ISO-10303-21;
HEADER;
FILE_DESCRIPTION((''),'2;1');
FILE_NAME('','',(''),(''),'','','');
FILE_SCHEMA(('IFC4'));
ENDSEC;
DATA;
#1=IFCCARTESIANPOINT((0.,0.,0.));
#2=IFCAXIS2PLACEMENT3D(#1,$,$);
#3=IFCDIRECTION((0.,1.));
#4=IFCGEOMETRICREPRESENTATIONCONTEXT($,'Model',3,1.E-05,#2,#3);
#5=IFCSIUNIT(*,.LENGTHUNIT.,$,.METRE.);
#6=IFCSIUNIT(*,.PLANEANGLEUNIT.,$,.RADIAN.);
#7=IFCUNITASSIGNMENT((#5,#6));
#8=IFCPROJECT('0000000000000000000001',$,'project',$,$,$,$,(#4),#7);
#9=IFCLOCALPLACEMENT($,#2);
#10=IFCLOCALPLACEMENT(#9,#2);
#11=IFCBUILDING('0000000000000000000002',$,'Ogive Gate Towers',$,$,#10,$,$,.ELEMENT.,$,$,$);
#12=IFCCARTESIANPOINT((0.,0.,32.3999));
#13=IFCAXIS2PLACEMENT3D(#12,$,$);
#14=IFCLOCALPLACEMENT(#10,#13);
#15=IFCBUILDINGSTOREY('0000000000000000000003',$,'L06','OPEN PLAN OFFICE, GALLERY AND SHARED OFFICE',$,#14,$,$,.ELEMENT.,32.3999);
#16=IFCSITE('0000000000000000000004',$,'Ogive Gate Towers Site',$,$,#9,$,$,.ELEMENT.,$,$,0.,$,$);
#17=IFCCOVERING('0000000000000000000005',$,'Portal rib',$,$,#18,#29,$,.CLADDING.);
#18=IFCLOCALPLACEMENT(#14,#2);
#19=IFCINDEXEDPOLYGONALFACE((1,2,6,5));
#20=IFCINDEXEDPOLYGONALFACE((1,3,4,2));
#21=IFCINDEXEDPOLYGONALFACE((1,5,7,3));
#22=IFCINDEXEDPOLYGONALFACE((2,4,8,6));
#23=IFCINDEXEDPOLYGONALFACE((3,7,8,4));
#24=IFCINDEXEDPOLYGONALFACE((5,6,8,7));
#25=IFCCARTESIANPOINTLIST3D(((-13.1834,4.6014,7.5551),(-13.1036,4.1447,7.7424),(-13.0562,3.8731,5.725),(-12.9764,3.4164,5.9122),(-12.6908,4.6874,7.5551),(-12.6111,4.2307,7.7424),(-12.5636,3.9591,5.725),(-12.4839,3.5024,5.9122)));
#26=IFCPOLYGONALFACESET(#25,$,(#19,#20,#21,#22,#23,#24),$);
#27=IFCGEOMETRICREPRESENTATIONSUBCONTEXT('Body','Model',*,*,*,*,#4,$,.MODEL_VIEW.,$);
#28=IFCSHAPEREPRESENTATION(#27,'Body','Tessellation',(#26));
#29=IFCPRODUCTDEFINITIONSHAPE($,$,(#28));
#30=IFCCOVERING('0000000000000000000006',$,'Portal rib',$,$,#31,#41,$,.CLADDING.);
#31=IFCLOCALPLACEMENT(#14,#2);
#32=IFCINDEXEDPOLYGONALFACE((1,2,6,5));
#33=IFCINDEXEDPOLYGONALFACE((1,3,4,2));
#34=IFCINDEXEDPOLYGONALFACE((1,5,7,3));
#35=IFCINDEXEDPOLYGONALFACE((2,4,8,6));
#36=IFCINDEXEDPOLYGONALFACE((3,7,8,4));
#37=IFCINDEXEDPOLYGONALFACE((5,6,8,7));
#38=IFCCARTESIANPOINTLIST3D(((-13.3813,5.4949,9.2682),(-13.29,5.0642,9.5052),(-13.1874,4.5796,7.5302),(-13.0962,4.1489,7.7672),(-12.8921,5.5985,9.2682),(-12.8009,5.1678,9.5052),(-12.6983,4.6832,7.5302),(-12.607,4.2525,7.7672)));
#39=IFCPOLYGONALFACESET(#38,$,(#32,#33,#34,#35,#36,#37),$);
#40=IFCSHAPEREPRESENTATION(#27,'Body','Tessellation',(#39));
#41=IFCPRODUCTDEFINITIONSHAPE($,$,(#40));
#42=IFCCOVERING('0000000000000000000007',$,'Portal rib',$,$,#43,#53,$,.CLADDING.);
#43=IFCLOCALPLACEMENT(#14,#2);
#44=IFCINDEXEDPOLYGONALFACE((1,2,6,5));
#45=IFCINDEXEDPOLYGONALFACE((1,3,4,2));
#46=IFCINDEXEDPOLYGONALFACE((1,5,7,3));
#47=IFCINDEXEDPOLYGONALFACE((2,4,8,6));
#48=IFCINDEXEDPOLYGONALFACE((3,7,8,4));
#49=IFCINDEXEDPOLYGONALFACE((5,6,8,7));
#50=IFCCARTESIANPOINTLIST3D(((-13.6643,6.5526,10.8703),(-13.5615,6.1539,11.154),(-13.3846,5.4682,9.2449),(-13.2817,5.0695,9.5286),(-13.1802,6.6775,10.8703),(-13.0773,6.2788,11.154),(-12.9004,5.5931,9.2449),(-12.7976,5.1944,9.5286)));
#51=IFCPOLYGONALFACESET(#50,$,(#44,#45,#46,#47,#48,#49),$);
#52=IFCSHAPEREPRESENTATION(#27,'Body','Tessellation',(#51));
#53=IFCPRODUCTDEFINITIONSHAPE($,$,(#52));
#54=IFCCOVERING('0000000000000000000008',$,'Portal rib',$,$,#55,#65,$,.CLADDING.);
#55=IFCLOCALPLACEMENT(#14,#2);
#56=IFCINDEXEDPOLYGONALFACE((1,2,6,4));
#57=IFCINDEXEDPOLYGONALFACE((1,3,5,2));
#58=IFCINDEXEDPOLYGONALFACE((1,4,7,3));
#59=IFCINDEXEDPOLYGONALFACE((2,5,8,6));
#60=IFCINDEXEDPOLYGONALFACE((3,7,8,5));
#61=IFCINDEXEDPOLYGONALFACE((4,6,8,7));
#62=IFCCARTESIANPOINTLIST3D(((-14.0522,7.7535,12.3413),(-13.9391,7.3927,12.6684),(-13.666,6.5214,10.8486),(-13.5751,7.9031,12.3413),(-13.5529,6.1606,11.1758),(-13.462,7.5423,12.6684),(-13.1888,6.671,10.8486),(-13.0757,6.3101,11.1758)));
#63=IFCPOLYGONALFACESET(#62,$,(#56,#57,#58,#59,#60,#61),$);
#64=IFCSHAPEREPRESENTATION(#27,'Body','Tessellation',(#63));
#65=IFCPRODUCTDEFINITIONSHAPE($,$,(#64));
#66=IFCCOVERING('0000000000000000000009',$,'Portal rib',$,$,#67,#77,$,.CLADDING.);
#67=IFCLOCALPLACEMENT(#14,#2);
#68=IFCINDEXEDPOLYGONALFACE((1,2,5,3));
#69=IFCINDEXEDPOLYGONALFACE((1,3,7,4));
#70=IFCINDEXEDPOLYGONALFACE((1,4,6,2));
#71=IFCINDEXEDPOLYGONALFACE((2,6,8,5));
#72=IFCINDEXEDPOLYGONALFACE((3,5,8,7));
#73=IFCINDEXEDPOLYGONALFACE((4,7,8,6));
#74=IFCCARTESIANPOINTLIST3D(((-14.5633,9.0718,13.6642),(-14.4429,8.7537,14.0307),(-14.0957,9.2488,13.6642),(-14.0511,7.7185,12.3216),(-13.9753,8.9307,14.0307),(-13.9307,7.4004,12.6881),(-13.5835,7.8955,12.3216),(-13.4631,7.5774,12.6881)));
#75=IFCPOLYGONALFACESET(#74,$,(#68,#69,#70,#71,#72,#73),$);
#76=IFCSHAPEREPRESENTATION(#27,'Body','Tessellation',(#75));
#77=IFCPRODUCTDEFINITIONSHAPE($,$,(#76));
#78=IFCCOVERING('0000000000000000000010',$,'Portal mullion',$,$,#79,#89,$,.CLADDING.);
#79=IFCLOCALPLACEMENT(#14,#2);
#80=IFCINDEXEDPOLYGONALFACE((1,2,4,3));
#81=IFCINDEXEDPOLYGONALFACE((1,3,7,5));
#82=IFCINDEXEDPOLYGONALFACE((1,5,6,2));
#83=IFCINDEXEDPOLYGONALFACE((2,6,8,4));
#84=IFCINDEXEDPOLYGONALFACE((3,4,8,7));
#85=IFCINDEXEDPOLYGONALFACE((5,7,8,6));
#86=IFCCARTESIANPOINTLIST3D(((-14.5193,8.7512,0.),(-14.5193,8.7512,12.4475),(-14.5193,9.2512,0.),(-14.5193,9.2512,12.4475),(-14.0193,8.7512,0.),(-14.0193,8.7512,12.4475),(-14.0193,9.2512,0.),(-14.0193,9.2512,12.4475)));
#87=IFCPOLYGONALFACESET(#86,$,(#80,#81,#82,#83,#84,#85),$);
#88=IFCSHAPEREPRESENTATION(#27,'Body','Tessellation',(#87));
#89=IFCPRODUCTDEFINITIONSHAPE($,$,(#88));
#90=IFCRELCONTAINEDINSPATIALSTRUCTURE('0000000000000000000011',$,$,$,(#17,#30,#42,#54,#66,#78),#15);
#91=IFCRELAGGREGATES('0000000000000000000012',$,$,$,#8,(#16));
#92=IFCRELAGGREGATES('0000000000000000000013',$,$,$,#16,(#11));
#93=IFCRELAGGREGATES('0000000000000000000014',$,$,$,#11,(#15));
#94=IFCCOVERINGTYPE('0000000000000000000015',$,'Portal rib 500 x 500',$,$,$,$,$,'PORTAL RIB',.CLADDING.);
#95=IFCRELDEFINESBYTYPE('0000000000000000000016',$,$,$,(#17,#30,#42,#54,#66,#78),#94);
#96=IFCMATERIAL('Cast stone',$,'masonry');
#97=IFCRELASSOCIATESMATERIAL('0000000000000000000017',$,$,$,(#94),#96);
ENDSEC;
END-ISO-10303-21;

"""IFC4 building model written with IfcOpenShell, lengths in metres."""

from ifc_helpers import new_model, si_unit, direction, frame, origin, origin_2d, place, context, subcontext, project, spatial, rectangle, extrude, material, material_profile, profile_set, type_object, element, save


model = new_model("IFC4")

# Units and contexts
model_context = context("Model", 3, precision=1e-05, world=origin(), true_north=direction((0.0, 1.0)))
body_context = subcontext(model_context, "Body", "Model", "MODEL_VIEW")
ifc_project = project(units=[si_unit("LENGTHUNIT", "METRE"), si_unit("PLANEANGLEUNIT", "RADIAN")], contexts=[model_context])

# Site, building, storey
site_placement = place(None, origin())
site = spatial("IfcSite", under=ifc_project, at=site_placement, Name="Ogive Gate Towers Site", CompositionType="ELEMENT", RefElevation=0.0)
building_placement = place(site_placement, origin())
building = spatial("IfcBuilding", under=site, at=building_placement, Name="Ogive Gate Towers", CompositionType="ELEMENT")
storey_placement = place(building_placement, frame((0.0, 0.0, 32.3999)))
storey = spatial("IfcBuildingStorey", under=building, at=storey_placement, Name="L06", Description="OPEN PLAN OFFICE, GALLERY AND SHARED OFFICE", CompositionType="ELEMENT", Elevation=32.3999)

# Coverings
ifc_material_1 = material(Name="Cast stone", Category="masonry")
ifc_material_profile_1 = material_profile(ifc_material_1, rectangle(XDim=0.5, YDim=0.5, at=origin_2d()), Name="500 x 500 cast stone")
ifc_profile_set_1 = profile_set([ifc_material_profile_1], Name="Cast stone")
covering_type = type_object("IfcCoveringType", Name="Portal rib 500 x 500", ElementType="PORTAL RIB", PredefinedType="CLADDING", material=ifc_profile_set_1)
for number, where, z_axis, x_axis, name in (
    (1, (-12.77, 3.6877, 5.8186), (-0.064444, 0.368976, 0.927202), (-0.985088, -0.172052, 0.0), "Portal rib"),
    (2, (-12.8972, 4.416, 7.6487), (-0.098208, 0.463704, 0.88053), (-0.9783, -0.207194, 0.0), "Portal rib"),
    (3, (-13.0911, 5.3313, 9.3867), (-0.141737, 0.549386, 0.82346), (-0.968294, -0.249812, 0.0), "Portal rib"),
):
    element("IfcCovering", number, at=place(storey_placement, frame(where, z_axis=z_axis, x_axis=x_axis)), inside=storey, type_object=covering_type, Name=name, PredefinedType="CLADDING", context=body_context, shape_type="SweptSolid", body=[
        extrude(rectangle(XDim=0.5, YDim=0.5, at=origin_2d()), origin(), (0.0, 0.0, 1.0), 1.9739),
    ])
covering_1_placement = place(storey_placement, frame((-13.3708, 6.4158, 11.0122), z_axis=(-0.195688, 0.624296, 0.756281), x_axis=(-0.954221, -0.299104, 0.0)))
element("IfcCovering", 4, at=covering_1_placement, inside=storey, type_object=covering_type, Name="Portal rib", PredefinedType="CLADDING", context=body_context, shape_type="SweptSolid", body=[
    extrude(rectangle(XDim=0.5, YDim=0.5, at=origin_2d()), origin(), (0.0, 0.0, 1.0), 1.9736),
])
covering_2_placement = place(storey_placement, frame((-13.7571, 7.6479, 12.5049), z_axis=(-0.259496, 0.6856, 0.680158), x_axis=(-0.93525, -0.353988, 0.0)))
element("IfcCovering", 5, at=covering_2_placement, inside=storey, type_object=covering_type, Name="Portal rib", PredefinedType="CLADDING", context=body_context, shape_type="SweptSolid", body=[
    extrude(rectangle(XDim=0.5, YDim=0.5, at=origin_2d()), origin(), (0.0, 0.0, 1.0), 1.9739),
])
covering_3_placement = place(storey_placement, frame((-14.2693, 9.0012, 0.0), z_axis=(0.0, 0.0, 1.0), x_axis=(1.0, 0.0, 0.0)))
element("IfcCovering", 6, at=covering_3_placement, inside=storey, type_object=covering_type, Name="Portal mullion", PredefinedType="CLADDING", context=body_context, shape_type="SweptSolid", body=[
    extrude(rectangle(XDim=0.5, YDim=0.5, at=origin_2d()), origin(), (0.0, 0.0, 1.0), 12.4475),
])

save(model, "model.ifc")
